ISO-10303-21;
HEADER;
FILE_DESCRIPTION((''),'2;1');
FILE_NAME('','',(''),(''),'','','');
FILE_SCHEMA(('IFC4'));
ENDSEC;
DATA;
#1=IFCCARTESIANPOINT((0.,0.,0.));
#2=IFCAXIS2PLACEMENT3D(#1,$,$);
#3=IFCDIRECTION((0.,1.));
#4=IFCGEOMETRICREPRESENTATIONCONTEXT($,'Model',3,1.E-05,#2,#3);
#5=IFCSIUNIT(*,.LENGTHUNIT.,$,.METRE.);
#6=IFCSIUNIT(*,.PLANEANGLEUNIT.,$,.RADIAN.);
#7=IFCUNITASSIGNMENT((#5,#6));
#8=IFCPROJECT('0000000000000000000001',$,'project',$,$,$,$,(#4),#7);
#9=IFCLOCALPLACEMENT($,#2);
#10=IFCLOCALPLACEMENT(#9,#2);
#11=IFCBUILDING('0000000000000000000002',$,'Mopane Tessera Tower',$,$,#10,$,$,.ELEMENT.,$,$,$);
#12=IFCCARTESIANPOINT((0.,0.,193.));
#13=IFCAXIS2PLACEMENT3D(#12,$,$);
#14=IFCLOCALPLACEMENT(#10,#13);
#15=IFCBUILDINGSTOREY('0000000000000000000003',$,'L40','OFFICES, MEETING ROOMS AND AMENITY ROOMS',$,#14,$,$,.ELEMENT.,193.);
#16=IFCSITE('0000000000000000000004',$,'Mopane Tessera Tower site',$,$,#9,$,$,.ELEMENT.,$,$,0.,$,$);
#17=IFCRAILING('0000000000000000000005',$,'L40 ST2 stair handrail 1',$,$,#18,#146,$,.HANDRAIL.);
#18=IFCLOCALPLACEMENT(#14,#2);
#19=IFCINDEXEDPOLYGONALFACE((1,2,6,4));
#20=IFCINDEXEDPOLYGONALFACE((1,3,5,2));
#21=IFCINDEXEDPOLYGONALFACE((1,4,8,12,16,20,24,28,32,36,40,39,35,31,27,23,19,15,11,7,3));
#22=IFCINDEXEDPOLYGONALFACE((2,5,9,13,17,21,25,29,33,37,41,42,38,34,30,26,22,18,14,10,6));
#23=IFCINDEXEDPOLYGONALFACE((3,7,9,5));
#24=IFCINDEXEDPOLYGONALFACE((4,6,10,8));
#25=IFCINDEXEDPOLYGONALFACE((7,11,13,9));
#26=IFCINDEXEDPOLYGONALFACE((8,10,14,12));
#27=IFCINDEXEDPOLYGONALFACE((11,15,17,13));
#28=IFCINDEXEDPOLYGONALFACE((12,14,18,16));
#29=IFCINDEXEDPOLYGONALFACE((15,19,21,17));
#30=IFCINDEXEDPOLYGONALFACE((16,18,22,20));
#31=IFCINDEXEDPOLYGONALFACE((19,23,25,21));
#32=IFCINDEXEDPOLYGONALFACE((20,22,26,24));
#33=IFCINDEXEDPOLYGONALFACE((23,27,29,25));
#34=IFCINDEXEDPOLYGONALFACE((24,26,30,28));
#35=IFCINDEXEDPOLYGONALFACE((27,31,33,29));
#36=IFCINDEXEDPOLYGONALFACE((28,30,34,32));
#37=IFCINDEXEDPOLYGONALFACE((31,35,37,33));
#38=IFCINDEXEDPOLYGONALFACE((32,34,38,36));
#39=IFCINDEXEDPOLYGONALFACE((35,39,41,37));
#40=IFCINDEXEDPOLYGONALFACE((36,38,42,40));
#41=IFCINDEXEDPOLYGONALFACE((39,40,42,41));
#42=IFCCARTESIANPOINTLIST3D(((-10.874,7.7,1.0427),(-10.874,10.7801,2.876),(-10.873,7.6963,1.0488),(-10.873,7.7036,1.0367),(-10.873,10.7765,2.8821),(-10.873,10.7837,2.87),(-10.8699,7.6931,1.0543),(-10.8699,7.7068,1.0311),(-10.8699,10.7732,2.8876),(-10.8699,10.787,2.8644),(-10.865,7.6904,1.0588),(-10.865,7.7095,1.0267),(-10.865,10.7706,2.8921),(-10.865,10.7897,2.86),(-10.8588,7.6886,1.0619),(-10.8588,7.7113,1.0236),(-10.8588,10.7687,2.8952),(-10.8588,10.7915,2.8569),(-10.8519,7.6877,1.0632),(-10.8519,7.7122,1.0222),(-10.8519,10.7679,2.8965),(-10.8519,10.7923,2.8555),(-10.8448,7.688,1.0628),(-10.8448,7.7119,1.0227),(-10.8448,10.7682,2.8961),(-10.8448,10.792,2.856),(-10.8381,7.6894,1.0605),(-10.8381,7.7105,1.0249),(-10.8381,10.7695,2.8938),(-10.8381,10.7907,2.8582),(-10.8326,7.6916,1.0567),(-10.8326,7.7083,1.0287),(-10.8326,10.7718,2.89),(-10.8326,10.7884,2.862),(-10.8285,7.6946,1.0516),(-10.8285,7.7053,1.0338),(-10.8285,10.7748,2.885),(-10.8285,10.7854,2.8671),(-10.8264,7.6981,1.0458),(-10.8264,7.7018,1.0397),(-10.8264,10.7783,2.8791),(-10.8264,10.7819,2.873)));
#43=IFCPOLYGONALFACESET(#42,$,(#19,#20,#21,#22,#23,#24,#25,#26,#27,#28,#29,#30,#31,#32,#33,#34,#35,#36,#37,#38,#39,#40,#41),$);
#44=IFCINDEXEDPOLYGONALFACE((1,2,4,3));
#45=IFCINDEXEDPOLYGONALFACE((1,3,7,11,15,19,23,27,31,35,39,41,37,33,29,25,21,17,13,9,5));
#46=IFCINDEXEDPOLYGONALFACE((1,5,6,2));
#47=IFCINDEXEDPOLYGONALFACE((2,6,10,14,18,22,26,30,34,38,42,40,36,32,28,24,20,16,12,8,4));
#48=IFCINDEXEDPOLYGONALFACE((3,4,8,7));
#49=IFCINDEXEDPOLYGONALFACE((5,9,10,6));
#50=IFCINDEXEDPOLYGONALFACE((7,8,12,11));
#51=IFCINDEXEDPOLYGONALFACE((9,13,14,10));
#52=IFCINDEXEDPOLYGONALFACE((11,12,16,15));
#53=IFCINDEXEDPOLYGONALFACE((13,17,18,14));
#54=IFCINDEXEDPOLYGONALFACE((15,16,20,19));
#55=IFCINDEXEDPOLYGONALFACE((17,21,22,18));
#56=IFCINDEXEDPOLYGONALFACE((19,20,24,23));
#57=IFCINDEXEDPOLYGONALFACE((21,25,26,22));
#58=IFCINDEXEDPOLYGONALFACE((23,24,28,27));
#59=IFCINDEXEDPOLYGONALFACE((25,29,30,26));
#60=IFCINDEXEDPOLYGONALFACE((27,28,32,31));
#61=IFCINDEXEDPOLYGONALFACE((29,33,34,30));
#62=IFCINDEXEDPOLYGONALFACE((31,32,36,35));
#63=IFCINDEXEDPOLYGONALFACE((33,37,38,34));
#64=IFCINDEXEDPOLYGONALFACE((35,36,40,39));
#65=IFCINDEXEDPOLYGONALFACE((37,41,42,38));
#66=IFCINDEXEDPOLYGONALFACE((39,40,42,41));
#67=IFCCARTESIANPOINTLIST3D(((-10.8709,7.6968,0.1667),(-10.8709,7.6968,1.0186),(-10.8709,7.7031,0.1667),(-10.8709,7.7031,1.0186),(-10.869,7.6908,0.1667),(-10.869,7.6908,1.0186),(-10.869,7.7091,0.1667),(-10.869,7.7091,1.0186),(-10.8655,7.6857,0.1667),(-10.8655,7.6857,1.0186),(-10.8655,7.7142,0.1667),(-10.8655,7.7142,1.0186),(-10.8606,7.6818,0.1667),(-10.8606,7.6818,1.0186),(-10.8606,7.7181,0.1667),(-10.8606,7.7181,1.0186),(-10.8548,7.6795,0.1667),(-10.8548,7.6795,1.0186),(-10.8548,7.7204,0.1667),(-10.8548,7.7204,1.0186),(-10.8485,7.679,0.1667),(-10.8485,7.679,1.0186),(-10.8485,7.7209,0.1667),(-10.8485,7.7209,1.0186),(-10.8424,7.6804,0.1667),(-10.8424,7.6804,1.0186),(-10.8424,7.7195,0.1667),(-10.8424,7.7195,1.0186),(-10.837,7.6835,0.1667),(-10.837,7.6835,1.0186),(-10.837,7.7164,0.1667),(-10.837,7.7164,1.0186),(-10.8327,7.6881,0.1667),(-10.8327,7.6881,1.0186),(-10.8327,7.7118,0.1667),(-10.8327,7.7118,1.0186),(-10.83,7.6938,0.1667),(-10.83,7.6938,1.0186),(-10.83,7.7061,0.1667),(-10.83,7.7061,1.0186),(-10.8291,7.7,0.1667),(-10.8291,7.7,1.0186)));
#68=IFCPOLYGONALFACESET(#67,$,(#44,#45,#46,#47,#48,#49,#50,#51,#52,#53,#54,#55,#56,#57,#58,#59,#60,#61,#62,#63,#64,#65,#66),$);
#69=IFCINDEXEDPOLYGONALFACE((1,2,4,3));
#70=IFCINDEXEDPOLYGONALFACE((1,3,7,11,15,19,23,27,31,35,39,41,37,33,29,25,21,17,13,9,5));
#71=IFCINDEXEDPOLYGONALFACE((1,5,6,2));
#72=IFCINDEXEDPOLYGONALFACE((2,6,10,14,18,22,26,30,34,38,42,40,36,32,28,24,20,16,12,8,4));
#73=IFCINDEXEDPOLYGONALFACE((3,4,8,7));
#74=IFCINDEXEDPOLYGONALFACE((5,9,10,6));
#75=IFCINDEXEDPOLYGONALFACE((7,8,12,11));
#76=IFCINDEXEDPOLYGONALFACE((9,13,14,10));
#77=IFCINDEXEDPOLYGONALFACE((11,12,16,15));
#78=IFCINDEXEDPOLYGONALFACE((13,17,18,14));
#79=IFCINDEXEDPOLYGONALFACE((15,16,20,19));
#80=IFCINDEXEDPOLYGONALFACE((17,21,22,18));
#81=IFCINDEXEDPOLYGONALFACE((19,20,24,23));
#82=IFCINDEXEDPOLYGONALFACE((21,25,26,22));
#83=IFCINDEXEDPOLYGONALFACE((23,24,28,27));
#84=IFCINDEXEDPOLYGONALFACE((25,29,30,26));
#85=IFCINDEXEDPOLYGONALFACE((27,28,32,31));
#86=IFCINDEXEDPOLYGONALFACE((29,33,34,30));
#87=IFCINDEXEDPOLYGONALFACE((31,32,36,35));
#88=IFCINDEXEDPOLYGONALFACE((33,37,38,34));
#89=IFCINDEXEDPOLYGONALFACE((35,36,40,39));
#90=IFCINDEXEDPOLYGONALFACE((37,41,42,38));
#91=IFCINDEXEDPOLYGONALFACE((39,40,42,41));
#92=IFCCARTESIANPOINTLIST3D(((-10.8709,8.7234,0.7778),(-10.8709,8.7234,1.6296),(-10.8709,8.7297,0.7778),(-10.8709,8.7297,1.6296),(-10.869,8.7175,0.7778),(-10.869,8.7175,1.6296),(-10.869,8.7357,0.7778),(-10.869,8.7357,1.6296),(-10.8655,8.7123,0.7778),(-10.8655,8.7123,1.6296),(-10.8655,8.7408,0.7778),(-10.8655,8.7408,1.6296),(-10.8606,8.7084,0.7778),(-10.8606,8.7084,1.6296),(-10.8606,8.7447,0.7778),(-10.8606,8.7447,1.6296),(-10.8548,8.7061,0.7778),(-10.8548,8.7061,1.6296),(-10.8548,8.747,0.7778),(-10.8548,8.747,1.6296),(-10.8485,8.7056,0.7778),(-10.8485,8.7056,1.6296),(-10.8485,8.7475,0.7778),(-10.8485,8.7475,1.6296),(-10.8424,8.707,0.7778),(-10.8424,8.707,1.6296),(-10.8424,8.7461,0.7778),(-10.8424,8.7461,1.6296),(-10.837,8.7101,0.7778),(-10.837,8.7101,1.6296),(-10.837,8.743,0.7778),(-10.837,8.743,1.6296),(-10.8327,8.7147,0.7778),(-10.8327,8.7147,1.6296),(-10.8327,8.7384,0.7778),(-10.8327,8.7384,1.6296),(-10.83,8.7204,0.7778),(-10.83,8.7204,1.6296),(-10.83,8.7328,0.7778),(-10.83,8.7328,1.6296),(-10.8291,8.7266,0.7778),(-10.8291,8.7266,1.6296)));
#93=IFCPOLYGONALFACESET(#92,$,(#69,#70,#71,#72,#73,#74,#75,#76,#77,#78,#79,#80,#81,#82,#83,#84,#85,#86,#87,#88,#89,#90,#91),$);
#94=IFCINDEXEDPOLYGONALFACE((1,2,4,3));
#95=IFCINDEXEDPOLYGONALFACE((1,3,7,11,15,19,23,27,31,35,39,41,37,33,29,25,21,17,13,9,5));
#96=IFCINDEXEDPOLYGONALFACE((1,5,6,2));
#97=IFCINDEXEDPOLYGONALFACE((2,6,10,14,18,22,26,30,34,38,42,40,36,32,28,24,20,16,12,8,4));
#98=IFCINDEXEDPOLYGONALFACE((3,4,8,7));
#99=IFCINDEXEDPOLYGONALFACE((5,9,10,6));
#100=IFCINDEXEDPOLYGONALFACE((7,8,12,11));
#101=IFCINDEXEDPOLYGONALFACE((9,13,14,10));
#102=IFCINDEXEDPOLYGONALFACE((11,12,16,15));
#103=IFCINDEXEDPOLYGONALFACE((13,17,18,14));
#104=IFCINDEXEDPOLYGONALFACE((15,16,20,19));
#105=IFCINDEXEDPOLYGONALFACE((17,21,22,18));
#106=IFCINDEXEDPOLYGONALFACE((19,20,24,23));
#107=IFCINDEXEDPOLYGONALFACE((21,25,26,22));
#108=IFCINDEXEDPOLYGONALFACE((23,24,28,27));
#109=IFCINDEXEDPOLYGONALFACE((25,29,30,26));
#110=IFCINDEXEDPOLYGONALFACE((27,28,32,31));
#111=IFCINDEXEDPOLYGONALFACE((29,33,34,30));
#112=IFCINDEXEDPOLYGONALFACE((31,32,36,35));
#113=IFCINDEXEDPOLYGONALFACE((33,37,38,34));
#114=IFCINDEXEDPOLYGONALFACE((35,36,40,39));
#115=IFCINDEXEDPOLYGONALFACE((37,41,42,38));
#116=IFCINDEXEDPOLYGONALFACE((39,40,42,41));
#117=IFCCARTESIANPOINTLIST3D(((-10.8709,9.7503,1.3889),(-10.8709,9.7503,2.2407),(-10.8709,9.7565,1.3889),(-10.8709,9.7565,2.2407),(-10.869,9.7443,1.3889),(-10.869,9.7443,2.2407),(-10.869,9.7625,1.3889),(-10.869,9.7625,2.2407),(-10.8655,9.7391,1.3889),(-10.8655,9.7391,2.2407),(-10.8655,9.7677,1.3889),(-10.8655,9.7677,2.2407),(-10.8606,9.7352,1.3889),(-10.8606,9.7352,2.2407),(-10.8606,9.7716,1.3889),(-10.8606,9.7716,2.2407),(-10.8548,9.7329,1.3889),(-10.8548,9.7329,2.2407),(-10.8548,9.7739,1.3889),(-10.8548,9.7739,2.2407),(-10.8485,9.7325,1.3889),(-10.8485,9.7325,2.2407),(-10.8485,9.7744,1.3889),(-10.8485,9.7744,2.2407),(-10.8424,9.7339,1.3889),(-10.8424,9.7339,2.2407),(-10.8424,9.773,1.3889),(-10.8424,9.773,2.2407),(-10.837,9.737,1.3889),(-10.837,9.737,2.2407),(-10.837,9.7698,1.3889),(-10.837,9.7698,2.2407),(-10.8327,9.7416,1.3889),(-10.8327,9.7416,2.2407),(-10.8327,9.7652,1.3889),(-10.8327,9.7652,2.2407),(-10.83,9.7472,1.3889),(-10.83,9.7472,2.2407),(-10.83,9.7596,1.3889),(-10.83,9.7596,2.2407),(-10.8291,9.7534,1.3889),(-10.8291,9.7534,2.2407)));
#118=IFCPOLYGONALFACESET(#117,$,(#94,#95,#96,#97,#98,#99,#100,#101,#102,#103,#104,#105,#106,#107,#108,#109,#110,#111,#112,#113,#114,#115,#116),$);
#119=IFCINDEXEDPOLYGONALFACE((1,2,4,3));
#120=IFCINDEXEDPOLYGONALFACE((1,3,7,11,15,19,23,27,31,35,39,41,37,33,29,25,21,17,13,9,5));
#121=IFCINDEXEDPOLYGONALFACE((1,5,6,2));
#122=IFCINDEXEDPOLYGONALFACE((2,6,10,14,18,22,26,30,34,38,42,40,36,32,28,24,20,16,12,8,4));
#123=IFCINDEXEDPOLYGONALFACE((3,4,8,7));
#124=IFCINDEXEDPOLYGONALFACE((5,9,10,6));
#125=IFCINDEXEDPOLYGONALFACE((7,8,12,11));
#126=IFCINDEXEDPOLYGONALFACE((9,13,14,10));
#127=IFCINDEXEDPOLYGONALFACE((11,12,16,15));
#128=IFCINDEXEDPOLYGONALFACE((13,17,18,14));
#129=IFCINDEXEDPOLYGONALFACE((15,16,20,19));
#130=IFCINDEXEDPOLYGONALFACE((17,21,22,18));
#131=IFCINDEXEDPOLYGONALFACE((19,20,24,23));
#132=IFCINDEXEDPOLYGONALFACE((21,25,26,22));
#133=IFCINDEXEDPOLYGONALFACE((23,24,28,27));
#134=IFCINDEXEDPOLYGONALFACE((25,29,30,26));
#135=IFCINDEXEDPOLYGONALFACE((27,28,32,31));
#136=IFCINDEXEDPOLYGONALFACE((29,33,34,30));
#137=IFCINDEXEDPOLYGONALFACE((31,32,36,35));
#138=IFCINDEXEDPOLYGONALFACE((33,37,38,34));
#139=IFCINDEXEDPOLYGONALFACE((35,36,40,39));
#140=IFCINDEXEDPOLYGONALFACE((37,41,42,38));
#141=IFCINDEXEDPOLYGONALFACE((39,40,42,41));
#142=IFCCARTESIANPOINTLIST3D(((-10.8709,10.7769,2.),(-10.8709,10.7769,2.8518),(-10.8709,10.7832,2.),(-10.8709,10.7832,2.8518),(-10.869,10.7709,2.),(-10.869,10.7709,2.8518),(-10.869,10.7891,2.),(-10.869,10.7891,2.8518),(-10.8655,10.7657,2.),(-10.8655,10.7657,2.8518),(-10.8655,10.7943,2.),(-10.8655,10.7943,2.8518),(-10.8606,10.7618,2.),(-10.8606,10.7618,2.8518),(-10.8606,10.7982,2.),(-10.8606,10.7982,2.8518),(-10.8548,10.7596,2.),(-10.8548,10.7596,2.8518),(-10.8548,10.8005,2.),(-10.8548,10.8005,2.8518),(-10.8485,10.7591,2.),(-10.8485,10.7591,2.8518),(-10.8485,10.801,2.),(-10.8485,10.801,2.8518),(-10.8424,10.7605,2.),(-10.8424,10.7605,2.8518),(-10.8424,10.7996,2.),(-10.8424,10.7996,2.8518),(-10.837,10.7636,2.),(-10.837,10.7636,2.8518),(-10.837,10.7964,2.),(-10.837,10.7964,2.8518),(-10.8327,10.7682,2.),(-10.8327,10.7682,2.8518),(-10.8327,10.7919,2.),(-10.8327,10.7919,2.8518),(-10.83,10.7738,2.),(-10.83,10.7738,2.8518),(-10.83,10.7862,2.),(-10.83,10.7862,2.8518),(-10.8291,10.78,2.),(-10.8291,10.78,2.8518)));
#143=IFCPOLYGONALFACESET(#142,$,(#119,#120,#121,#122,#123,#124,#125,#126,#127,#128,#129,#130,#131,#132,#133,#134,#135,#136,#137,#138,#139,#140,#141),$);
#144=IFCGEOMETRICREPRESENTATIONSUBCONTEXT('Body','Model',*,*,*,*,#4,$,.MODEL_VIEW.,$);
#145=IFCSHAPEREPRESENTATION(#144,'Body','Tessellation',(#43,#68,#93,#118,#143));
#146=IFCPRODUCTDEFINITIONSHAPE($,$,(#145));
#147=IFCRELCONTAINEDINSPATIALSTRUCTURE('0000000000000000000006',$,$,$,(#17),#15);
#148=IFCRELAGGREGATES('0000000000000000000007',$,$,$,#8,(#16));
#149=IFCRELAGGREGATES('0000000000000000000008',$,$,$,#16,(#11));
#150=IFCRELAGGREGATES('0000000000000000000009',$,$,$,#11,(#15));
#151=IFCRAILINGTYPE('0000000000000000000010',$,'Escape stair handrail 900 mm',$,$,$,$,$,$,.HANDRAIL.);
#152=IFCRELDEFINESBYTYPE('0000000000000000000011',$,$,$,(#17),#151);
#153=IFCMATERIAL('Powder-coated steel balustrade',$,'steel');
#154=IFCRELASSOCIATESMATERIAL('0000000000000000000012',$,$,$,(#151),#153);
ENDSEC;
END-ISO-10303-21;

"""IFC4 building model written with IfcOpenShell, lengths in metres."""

from ifc_helpers import new_model, si_unit, direction, frame, origin, origin_2d, place, context, subcontext, project, spatial, circle, extrude, material, type_object, element, save


model = new_model("IFC4")

# Units and contexts
model_context = context("Model", 3, precision=1e-05, world=origin(), true_north=direction((0.0, 1.0)))
body_context = subcontext(model_context, "Body", "Model", "MODEL_VIEW")
ifc_project = project(units=[si_unit("LENGTHUNIT", "METRE"), si_unit("PLANEANGLEUNIT", "RADIAN")], contexts=[model_context])

# Site, building, storey
site_placement = place(None, origin())
site = spatial("IfcSite", under=ifc_project, at=site_placement, Name="Mopane Tessera Tower site", CompositionType="ELEMENT", RefElevation=0.0)
building_placement = place(site_placement, origin())
building = spatial("IfcBuilding", under=site, at=building_placement, Name="Mopane Tessera Tower", CompositionType="ELEMENT")
storey_placement = place(building_placement, frame((0.0, 0.0, 193.0)))
storey = spatial("IfcBuildingStorey", under=building, at=storey_placement, Name="L40", Description="OFFICES, MEETING ROOMS AND AMENITY ROOMS", CompositionType="ELEMENT", Elevation=193.0)

# Railing
ifc_material_1 = material(Name="Powder-coated steel balustrade", Category="steel")
railing_type_1 = type_object("IfcRailingType", Name="Escape stair handrail 900 mm", PredefinedType="HANDRAIL", material=ifc_material_1)
railing_1_placement = place(storey_placement, frame((-10.8501, 7.7, 0.1667)))
element("IfcRailing", 1, at=railing_1_placement, inside=storey, type_object=railing_type_1, Name="L40 ST2 stair handrail 1", PredefinedType="HANDRAIL", context=body_context, shape_type="SweptSolid", body=[
    extrude(circle(Radius=0.0239, at=origin_2d()), frame((0.0, 0.0, 0.876), z_axis=(0.0, 0.859309, 0.511458), x_axis=(-1.0, 0.0, 0.0)), (0.0, 0.0, 1.0), 3.5845),
    extrude(circle(Radius=0.021, at=origin_2d()), origin(), (0.0, 0.0, 1.0), 0.8518),
    extrude(circle(Radius=0.021, at=origin_2d()), frame((0.0, 1.0266, 0.6111)), (0.0, 0.0, 1.0), 0.8518),
    extrude(circle(Radius=0.021, at=origin_2d()), frame((0.0, 2.0535, 1.2222)), (0.0, 0.0, 1.0), 0.8518),
    extrude(circle(Radius=0.021, at=origin_2d()), frame((0.0, 3.0801, 1.8333)), (0.0, 0.0, 1.0), 0.8518),
])

save(model, "model.ifc")
